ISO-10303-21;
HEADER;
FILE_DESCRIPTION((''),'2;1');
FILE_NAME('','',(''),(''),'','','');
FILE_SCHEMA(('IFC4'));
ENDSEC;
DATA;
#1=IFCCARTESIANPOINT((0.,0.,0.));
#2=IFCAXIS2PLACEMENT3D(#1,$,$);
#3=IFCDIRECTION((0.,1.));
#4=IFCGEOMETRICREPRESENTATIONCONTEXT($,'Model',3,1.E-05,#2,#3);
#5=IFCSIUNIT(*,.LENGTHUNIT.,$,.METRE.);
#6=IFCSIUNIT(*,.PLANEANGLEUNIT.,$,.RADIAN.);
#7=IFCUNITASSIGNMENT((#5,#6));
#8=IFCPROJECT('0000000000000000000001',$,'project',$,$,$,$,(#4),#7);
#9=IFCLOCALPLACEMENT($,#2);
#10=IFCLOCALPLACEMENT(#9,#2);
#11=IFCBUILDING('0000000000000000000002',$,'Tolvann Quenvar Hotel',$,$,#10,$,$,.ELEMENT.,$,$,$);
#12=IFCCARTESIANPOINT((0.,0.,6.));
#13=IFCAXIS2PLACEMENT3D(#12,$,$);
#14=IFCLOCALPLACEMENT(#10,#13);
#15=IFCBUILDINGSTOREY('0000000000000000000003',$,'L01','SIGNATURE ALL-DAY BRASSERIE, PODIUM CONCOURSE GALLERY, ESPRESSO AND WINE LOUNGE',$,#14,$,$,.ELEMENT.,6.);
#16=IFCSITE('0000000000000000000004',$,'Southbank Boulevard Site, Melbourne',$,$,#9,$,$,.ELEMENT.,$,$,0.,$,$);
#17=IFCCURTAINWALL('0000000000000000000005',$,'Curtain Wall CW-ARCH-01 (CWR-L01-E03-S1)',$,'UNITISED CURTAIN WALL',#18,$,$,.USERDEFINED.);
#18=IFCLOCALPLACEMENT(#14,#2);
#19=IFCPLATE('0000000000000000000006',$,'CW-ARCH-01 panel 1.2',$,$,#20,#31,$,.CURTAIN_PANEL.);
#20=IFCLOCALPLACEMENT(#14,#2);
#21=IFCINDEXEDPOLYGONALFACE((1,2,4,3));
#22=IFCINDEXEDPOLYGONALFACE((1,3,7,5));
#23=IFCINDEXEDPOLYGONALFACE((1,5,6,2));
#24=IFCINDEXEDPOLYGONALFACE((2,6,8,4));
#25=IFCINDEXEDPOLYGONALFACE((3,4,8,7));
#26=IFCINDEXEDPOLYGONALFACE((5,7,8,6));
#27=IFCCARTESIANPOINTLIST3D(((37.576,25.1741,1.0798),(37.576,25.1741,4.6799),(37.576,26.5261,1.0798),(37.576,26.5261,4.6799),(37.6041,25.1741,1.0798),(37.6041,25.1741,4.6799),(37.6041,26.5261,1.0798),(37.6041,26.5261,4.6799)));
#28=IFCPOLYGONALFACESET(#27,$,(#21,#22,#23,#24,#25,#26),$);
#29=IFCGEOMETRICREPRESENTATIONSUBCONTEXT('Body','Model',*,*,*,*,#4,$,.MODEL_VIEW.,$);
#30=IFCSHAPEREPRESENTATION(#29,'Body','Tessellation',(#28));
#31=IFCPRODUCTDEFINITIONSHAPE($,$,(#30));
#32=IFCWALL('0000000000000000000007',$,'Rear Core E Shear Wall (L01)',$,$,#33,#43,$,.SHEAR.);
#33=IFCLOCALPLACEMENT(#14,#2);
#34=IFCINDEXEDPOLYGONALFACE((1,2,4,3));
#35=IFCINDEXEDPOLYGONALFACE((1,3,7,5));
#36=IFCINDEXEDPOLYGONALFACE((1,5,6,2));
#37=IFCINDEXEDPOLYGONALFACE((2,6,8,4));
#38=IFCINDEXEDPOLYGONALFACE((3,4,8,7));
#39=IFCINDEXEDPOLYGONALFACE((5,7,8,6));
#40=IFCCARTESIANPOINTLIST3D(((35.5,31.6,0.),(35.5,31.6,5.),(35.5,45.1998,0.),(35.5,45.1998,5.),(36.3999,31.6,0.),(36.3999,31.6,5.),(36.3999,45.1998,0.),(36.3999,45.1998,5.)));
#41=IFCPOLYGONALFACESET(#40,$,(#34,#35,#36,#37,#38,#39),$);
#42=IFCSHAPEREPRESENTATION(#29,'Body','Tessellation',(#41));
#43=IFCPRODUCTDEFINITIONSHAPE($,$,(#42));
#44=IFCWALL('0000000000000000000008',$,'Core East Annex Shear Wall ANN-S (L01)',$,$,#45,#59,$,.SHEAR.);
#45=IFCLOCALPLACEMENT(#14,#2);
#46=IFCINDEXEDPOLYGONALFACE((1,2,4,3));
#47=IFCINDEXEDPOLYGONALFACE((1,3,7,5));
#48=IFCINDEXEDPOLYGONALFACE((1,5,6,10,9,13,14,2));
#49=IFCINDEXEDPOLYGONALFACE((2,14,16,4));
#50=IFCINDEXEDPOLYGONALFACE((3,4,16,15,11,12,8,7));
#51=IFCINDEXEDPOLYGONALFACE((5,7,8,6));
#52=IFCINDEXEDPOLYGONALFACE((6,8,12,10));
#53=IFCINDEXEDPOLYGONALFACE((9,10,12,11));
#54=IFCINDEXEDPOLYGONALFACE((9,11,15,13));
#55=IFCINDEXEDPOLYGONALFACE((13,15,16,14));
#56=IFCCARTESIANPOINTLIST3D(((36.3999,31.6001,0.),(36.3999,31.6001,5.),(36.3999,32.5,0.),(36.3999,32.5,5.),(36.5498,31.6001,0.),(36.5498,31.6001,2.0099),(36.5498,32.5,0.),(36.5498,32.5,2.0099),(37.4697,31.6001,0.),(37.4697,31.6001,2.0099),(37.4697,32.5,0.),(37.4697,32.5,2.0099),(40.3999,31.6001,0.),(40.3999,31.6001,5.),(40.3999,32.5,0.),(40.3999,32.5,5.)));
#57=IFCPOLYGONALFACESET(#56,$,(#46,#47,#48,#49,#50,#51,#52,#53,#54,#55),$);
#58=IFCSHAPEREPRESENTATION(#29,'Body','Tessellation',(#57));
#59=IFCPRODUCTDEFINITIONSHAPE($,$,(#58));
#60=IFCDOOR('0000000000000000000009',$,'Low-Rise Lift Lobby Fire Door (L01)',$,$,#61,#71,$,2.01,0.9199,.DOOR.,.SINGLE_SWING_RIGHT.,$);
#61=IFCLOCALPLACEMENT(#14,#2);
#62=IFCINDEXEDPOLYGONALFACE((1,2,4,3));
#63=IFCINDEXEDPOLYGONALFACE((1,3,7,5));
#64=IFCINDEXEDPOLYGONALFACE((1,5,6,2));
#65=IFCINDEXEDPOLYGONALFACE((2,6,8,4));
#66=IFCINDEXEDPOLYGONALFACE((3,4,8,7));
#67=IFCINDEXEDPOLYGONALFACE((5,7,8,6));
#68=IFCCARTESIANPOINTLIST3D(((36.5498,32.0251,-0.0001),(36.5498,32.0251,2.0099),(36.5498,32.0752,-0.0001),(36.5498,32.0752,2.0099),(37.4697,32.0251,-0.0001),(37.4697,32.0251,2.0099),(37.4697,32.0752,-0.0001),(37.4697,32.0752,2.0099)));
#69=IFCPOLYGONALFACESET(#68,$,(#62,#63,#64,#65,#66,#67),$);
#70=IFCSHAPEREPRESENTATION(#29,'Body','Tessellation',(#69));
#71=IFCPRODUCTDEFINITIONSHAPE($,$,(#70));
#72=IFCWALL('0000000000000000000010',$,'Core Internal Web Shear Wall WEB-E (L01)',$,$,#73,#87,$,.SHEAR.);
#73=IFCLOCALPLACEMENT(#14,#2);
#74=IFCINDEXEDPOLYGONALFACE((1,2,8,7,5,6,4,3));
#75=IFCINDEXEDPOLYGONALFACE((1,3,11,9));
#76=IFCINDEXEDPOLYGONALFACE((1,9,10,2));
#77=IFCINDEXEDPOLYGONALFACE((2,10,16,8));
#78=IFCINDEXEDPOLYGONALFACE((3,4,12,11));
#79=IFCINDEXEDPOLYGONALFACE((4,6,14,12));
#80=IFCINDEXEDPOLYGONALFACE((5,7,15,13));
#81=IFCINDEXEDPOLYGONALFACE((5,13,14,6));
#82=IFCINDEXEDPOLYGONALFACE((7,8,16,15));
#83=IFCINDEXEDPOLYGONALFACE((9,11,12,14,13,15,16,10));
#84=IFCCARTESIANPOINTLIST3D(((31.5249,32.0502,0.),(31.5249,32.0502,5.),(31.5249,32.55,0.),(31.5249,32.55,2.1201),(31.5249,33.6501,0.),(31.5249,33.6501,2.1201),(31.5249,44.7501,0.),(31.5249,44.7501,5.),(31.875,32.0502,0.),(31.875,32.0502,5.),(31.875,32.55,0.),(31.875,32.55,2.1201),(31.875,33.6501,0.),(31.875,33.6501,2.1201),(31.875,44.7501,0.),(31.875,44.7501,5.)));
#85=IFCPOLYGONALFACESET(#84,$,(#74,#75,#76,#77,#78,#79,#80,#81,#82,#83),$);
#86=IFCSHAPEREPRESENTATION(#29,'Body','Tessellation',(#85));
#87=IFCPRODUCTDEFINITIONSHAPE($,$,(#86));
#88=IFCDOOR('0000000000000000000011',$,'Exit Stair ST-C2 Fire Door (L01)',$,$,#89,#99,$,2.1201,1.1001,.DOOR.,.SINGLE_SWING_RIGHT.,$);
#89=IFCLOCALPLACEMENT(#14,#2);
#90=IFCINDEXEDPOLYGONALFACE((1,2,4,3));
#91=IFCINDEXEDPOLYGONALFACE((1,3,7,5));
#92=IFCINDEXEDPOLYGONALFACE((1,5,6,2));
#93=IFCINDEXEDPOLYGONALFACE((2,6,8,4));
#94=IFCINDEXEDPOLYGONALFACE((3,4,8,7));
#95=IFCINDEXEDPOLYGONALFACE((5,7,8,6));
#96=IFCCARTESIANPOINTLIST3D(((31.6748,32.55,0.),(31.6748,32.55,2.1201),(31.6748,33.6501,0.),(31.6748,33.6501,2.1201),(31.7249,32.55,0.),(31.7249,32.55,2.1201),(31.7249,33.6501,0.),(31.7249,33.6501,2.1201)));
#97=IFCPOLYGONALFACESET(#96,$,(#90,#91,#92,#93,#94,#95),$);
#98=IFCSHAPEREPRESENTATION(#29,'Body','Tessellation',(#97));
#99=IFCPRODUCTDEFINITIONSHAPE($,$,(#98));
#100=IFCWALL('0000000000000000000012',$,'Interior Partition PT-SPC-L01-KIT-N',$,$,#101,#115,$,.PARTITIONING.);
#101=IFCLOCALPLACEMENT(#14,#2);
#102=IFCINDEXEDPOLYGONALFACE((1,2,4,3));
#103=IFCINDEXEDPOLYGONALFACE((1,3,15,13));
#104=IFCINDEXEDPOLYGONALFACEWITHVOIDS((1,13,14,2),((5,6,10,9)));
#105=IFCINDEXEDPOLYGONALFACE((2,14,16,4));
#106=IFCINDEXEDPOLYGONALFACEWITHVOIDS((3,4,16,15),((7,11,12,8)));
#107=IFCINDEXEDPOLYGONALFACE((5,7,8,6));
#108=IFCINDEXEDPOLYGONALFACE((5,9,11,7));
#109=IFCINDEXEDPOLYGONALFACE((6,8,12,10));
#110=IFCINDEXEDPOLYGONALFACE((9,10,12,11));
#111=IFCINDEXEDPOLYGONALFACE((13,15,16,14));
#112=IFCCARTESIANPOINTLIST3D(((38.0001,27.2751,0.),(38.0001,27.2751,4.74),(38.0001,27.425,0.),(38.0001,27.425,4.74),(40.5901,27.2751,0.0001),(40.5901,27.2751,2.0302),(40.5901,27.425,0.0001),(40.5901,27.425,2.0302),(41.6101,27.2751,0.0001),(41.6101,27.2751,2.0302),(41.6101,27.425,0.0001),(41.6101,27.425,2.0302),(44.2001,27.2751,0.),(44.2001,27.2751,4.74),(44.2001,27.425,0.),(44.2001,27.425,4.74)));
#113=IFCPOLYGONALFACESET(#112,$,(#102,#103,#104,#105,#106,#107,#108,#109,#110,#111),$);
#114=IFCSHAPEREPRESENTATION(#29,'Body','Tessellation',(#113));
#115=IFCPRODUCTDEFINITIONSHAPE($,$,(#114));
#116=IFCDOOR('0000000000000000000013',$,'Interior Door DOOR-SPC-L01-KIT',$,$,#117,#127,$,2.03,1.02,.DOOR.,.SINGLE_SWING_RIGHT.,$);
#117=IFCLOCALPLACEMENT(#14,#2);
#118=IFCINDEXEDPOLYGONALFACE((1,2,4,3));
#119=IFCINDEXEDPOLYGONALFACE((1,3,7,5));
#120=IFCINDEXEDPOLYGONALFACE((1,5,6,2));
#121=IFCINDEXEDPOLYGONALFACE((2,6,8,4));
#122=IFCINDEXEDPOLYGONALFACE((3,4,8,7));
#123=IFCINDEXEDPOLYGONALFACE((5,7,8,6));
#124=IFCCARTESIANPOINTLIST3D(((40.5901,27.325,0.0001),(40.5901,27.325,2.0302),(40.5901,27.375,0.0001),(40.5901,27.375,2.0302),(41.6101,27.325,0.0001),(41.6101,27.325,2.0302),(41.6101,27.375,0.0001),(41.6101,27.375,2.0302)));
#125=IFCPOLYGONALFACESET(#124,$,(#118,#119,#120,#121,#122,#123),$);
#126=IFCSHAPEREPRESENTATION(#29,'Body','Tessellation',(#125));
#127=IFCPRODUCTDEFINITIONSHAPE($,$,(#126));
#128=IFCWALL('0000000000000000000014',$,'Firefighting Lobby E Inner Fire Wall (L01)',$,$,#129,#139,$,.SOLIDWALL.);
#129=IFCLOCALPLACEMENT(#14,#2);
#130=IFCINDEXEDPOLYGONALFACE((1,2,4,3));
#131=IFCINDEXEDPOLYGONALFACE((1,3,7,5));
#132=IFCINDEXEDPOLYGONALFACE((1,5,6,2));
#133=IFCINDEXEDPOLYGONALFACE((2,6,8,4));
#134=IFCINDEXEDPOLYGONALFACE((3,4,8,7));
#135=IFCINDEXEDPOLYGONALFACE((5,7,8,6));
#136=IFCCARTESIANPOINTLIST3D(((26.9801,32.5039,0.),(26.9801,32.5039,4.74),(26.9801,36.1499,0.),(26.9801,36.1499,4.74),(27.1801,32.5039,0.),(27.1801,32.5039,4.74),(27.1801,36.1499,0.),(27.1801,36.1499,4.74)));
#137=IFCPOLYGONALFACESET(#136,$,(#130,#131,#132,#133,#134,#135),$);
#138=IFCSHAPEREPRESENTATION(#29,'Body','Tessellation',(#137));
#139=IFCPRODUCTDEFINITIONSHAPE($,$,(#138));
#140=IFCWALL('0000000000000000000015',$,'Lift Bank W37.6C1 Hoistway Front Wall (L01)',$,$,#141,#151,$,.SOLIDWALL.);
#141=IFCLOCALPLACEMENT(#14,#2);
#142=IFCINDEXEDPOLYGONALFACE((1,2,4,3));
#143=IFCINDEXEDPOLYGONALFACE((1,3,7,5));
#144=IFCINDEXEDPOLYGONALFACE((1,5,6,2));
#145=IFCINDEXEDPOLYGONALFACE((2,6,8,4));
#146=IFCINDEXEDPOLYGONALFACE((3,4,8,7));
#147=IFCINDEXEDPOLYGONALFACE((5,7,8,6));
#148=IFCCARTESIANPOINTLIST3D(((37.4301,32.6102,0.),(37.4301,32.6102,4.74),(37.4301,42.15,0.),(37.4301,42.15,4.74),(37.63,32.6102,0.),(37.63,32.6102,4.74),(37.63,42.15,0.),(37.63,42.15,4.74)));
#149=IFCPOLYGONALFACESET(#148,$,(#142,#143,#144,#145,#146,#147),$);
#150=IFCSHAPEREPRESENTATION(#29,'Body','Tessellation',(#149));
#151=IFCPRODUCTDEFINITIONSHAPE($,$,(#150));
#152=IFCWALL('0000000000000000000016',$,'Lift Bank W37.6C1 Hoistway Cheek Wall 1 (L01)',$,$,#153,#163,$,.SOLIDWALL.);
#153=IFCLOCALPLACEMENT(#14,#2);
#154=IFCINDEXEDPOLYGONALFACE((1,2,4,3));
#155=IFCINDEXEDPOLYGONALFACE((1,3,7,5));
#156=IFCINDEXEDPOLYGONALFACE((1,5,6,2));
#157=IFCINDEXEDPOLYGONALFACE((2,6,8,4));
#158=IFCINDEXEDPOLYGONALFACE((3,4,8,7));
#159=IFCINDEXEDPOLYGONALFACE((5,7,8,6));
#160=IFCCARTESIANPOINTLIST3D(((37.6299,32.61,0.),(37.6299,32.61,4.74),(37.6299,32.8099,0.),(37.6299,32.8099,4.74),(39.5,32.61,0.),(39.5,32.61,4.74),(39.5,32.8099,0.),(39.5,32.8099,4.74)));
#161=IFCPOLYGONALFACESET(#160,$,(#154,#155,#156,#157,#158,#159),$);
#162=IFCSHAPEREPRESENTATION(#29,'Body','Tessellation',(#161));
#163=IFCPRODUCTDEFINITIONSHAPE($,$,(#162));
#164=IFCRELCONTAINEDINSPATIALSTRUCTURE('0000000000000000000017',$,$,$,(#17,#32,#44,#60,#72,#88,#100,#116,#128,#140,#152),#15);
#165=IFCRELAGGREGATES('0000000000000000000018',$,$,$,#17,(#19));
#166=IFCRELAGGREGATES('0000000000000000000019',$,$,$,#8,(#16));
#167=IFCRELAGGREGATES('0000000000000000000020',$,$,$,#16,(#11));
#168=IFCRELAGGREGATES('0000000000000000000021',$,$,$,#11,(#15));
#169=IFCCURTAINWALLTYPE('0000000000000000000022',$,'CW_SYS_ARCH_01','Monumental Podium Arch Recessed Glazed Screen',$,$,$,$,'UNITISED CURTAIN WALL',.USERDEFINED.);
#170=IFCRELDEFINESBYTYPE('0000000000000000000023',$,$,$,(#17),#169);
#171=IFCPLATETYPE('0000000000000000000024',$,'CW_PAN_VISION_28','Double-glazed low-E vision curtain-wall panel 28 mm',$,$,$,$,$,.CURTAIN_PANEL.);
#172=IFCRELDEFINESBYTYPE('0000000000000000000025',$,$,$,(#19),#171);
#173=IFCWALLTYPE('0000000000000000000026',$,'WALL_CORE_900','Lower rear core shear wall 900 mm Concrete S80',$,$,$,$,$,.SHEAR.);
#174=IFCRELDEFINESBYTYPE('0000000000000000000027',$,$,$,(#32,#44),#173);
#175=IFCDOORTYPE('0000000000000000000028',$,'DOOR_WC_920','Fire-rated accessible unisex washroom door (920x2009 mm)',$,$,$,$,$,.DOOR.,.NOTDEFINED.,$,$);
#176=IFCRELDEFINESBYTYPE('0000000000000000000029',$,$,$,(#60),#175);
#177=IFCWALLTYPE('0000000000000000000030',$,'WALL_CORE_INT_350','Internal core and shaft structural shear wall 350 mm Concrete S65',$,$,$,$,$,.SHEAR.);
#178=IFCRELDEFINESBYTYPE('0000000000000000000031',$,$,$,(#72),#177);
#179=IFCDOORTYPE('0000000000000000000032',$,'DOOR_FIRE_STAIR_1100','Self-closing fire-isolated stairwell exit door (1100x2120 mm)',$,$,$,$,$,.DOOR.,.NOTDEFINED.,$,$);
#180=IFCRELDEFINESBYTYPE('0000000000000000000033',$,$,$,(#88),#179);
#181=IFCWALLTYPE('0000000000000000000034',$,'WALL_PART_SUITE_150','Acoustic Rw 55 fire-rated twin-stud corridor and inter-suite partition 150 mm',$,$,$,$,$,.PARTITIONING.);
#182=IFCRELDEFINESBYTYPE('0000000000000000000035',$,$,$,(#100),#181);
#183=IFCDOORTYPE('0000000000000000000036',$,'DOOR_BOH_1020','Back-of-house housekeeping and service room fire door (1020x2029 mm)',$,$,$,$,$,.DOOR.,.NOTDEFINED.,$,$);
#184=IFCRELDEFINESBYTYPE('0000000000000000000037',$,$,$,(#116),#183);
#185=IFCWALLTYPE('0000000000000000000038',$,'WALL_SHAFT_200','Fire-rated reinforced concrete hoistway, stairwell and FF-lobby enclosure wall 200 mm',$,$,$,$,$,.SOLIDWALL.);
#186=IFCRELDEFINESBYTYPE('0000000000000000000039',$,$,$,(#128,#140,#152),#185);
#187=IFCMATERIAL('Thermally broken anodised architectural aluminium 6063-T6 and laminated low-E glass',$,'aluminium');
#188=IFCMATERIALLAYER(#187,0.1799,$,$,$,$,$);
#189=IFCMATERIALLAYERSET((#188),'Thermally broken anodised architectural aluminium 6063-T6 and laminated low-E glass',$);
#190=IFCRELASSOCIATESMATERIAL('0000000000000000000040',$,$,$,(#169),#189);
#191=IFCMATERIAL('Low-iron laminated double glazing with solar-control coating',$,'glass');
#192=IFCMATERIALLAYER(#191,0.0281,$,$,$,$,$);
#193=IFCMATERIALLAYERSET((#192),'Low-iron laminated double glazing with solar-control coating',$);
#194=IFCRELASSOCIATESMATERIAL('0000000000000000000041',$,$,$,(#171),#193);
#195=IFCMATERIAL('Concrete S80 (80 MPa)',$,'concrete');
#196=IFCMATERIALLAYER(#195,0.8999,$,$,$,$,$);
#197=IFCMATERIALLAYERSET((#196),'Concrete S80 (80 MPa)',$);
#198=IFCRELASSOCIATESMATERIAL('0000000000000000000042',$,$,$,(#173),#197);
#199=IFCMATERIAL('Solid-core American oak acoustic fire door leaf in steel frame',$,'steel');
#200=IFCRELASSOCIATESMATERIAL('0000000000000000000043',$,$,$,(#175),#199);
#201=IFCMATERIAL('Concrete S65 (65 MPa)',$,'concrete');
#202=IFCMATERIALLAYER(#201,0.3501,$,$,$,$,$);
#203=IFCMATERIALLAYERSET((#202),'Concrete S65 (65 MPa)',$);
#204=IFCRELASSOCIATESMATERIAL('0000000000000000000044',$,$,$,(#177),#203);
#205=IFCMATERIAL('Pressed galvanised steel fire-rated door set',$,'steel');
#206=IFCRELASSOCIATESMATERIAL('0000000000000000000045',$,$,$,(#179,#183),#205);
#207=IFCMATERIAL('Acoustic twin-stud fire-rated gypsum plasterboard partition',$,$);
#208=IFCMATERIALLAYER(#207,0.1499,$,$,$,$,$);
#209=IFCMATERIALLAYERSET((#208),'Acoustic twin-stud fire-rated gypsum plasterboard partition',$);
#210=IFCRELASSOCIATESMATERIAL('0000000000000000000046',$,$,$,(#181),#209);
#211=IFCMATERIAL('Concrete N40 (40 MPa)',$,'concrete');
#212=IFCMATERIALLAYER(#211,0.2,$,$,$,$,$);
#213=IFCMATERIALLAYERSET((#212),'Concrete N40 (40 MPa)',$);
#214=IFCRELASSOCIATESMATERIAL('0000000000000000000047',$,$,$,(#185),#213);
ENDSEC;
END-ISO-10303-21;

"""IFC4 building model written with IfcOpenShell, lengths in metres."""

from ifc_helpers import new_model, si_unit, direction, frame, frame_2d, origin, origin_2d, place, context, subcontext, project, spatial, rectangle, extrude, source, transform, mapped, material, layer, layer_set, type_object, type_shapes, element, fill, aggregate, save


model = new_model("IFC4")

# Units and contexts
model_context = context("Model", 3, precision=1e-05, world=origin(), true_north=direction((0.0, 1.0)))
body_context = subcontext(model_context, "Body", "Model", "MODEL_VIEW")
ifc_project = project(units=[si_unit("LENGTHUNIT", "METRE"), si_unit("PLANEANGLEUNIT", "RADIAN")], contexts=[model_context])

# Site, building, storey
site_placement = place(None, origin())
site = spatial("IfcSite", under=ifc_project, at=site_placement, Name="Southbank Boulevard Site, Melbourne", CompositionType="ELEMENT", RefElevation=0.0)
building_placement = place(site_placement, origin())
building = spatial("IfcBuilding", under=site, at=building_placement, Name="Tolvann Quenvar Hotel", CompositionType="ELEMENT")
storey_placement = place(building_placement, frame((0.0, 0.0, 6.0)))
storey = spatial("IfcBuildingStorey", under=building, at=storey_placement, Name="L01", Description="SIGNATURE ALL-DAY BRASSERIE, PODIUM CONCOURSE GALLERY, ESPRESSO AND WINE LOUNGE", CompositionType="ELEMENT", Elevation=6.0)

# Shared definitions
ifc_material_1 = material(Name="Concrete S80 (80 MPa)", Category="concrete")

# Curtain wall
ifc_material_2 = material(Name="Thermally broken anodised architectural aluminium 6063-T6 and laminated low-E glass", Category="aluminium")
ifc_layer_1 = layer(ifc_material_2, 0.1799)
ifc_layer_set_1 = layer_set([ifc_layer_1], Name="Thermally broken anodised architectural aluminium 6063-T6 and laminated low-E glass")
curtain_wall_type = type_object("IfcCurtainWallType", Name="CW_SYS_ARCH_01", Description="Monumental Podium Arch Recessed Glazed Screen", ElementType="UNITISED CURTAIN WALL", PredefinedType="USERDEFINED", material=ifc_layer_set_1)
curtain_wall_1_placement = place(storey_placement, origin())
curtain_wall_1 = element("IfcCurtainWall", 1, at=curtain_wall_1_placement, inside=storey, type_object=curtain_wall_type, Name="Curtain Wall CW-ARCH-01 (CWR-L01-E03-S1)", ObjectType="UNITISED CURTAIN WALL", PredefinedType="USERDEFINED")

# Plate
ifc_material_3 = material(Name="Low-iron laminated double glazing with solar-control coating", Category="glass")
ifc_layer_2 = layer(ifc_material_3, 0.0281)
ifc_layer_set_2 = layer_set([ifc_layer_2], Name="Low-iron laminated double glazing with solar-control coating")
plate_type = type_object("IfcPlateType", Name="CW_PAN_VISION_28", Description="Double-glazed low-E vision curtain-wall panel 28 mm", PredefinedType="CURTAIN_PANEL", material=ifc_layer_set_2)
shared_shape_1 = source(origin(), body_context, "Body", "SweptSolid", [
    extrude(rectangle(XDim=1.3521, YDim=0.0281, at=origin_2d()), origin(), (0.0, 0.0, 1.0), 3.6001),
])
plate_1_placement = place(storey_placement, frame((37.5901, 25.8501, 1.0798), z_axis=(0.0, 0.0, 1.0), x_axis=(0.0, -1.0, 0.0)))
plate_1 = element("IfcPlate", 2, at=plate_1_placement, type_object=plate_type, Name="CW-ARCH-01 panel 1.2", PredefinedType="CURTAIN_PANEL", context=body_context, shape_type="MappedRepresentation", body=[
    mapped(shared_shape_1, transform((0.0, 0.0, 0.0), x_axis=(1.0, 0.0, 0.0), y_axis=(0.0, 1.0, 0.0), z_axis=(0.0, 0.0, 1.0), scale=1.0)),
])
aggregate(curtain_wall_1, [plate_1])

# Wall
ifc_layer_3 = layer(ifc_material_1, 0.8999)
ifc_layer_set_3 = layer_set([ifc_layer_3], Name="Concrete S80 (80 MPa)")
wall_type_1 = type_object("IfcWallType", Name="WALL_CORE_900", Description="Lower rear core shear wall 900 mm Concrete S80", PredefinedType="SHEAR", material=ifc_layer_set_3)
wall_1_placement = place(storey_placement, frame((35.95, 31.6001, 0.0), z_axis=(0.0, 0.0, 1.0), x_axis=(0.0, 1.0, 0.0)))
element("IfcWall", 3, at=wall_1_placement, inside=storey, type_object=wall_type_1, Name="Rear Core E Shear Wall (L01)", PredefinedType="SHEAR", context=body_context, shape_type="SweptSolid", body=[
    extrude(rectangle(XDim=13.5999, YDim=0.8999, at=frame_2d((6.7998, 0.0))), origin(), (0.0, 0.0, 1.0), 5.0),
])

# Walls, openings, doors
wall_2_placement = place(storey_placement, frame((36.3999, 32.05, 0.0), z_axis=(0.0, 0.0, 1.0), x_axis=(1.0, 0.0, 0.0)))
wall_2 = element("IfcWall", 4, at=wall_2_placement, inside=storey, type_object=wall_type_1, Name="Core East Annex Shear Wall ANN-S (L01)", PredefinedType="SHEAR", context=body_context, shape_type="SweptSolid", body=[
    extrude(rectangle(XDim=4.0, YDim=0.8999, at=frame_2d((2.0, 0.0))), origin(), (0.0, 0.0, 1.0), 5.0),
])
opening_1_placement = place(wall_2_placement, frame((1.0698, 0.0, 0.0), z_axis=(0.0, 0.0, 1.0), x_axis=(-1.0, 0.0, 0.0)))
opening_1 = element("IfcOpeningElement", 5, at=opening_1_placement, cuts=wall_2, PredefinedType="OPENING", context=body_context, shape_type="SweptSolid", body=[
    extrude(rectangle(XDim=0.9199, YDim=2.01, at=frame_2d((0.46, 1.0049))), frame((0.0, 0.46, 0.0), z_axis=(0.0, -1.0, 0.0), x_axis=(1.0, 0.0, 0.0)), (0.0, 0.0, 1.0), 0.9199),
])
ifc_material_4 = material(Name="Solid-core American oak acoustic fire door leaf in steel frame", Category="steel")
door_type_1 = type_object("IfcDoorType", Name="DOOR_WC_920", Description="Fire-rated accessible unisex washroom door (920x2009 mm)", OperationType="NOTDEFINED", PredefinedType="DOOR", material=ifc_material_4)
shared_shape_2 = source(origin(), body_context, "Body", "SweptSolid", [
    extrude(rectangle(XDim=0.9199, YDim=2.01, at=frame_2d((0.46, 1.0049))), frame((0.0, 0.0249, 0.0), z_axis=(0.0, -1.0, 0.0), x_axis=(1.0, 0.0, 0.0)), (0.0, 0.0, 1.0), 0.05),
])
type_shapes(door_type_1, [shared_shape_2])
door_1_placement = place(opening_1_placement, origin())
door_1 = element("IfcDoor", 6, at=door_1_placement, inside=storey, type_object=door_type_1, Name="Low-Rise Lift Lobby Fire Door (L01)", OperationType="SINGLE_SWING_RIGHT", OverallHeight=2.01, OverallWidth=0.9199, PredefinedType="DOOR", context=body_context, shape_type="MappedRepresentation", body=[
    mapped(shared_shape_2, transform((0.0, 0.0, 0.0), x_axis=(1.0, 0.0, 0.0), y_axis=(0.0, 1.0, 0.0), z_axis=(0.0, 0.0, 1.0), scale=1.0)),
])
fill(opening_1, door_1)
ifc_material_5 = material(Name="Concrete S65 (65 MPa)", Category="concrete")
ifc_layer_4 = layer(ifc_material_5, 0.3501)
ifc_layer_set_4 = layer_set([ifc_layer_4], Name="Concrete S65 (65 MPa)")
wall_type_2 = type_object("IfcWallType", Name="WALL_CORE_INT_350", Description="Internal core and shaft structural shear wall 350 mm Concrete S65", PredefinedType="SHEAR", material=ifc_layer_set_4)
wall_3_placement = place(storey_placement, frame((31.7, 32.05, 0.0), z_axis=(0.0, 0.0, 1.0), x_axis=(0.0, 1.0, 0.0)))
wall_3 = element("IfcWall", 7, at=wall_3_placement, inside=storey, type_object=wall_type_2, Name="Core Internal Web Shear Wall WEB-E (L01)", PredefinedType="SHEAR", context=body_context, shape_type="SweptSolid", body=[
    extrude(rectangle(XDim=12.7, YDim=0.3501, at=frame_2d((6.3501, 0.0))), origin(), (0.0, 0.0, 1.0), 5.0),
])
opening_2_placement = place(wall_3_placement, frame((1.6001, 0.0, 0.0), z_axis=(0.0, 0.0, 1.0), x_axis=(-1.0, 0.0, 0.0)))
opening_2 = element("IfcOpeningElement", 8, at=opening_2_placement, cuts=wall_3, PredefinedType="OPENING", context=body_context, shape_type="SweptSolid", body=[
    extrude(rectangle(XDim=1.1001, YDim=2.1201, at=frame_2d((0.55, 1.0601))), frame((0.0, 0.1851, 0.0), z_axis=(0.0, -1.0, 0.0), x_axis=(1.0, 0.0, 0.0)), (0.0, 0.0, 1.0), 0.3701),
])
ifc_material_6 = material(Name="Pressed galvanised steel fire-rated door set", Category="steel")
door_type_2 = type_object("IfcDoorType", Name="DOOR_FIRE_STAIR_1100", Description="Self-closing fire-isolated stairwell exit door (1100x2120 mm)", OperationType="NOTDEFINED", PredefinedType="DOOR", material=ifc_material_6)
shared_shape_3 = source(origin(), body_context, "Body", "SweptSolid", [
    extrude(rectangle(XDim=1.1001, YDim=2.1201, at=frame_2d((0.55, 1.0601))), frame((0.0, 0.0249, 0.0), z_axis=(0.0, -1.0, 0.0), x_axis=(1.0, 0.0, 0.0)), (0.0, 0.0, 1.0), 0.05),
])
type_shapes(door_type_2, [shared_shape_3])
door_2_placement = place(opening_2_placement, origin())
door_2 = element("IfcDoor", 9, at=door_2_placement, inside=storey, type_object=door_type_2, Name="Exit Stair ST-C2 Fire Door (L01)", OperationType="SINGLE_SWING_RIGHT", OverallHeight=2.1201, OverallWidth=1.1001, PredefinedType="DOOR", context=body_context, shape_type="MappedRepresentation", body=[
    mapped(shared_shape_3, transform((0.0, 0.0, 0.0), x_axis=(1.0, 0.0, 0.0), y_axis=(0.0, 1.0, 0.0), z_axis=(0.0, 0.0, 1.0), scale=1.0)),
])
fill(opening_2, door_2)
ifc_material_7 = material(Name="Acoustic twin-stud fire-rated gypsum plasterboard partition")
ifc_layer_5 = layer(ifc_material_7, 0.1499)
ifc_layer_set_5 = layer_set([ifc_layer_5], Name="Acoustic twin-stud fire-rated gypsum plasterboard partition")
wall_type_3 = type_object("IfcWallType", Name="WALL_PART_SUITE_150", Description="Acoustic Rw 55 fire-rated twin-stud corridor and inter-suite partition 150 mm", PredefinedType="PARTITIONING", material=ifc_layer_set_5)
wall_4_placement = place(storey_placement, frame((38.0, 27.3501, 0.0), z_axis=(0.0, 0.0, 1.0), x_axis=(1.0, 0.0, 0.0)))
wall_4 = element("IfcWall", 10, at=wall_4_placement, inside=storey, type_object=wall_type_3, Name="Interior Partition PT-SPC-L01-KIT-N", PredefinedType="PARTITIONING", context=body_context, shape_type="SweptSolid", body=[
    extrude(rectangle(XDim=6.2, YDim=0.1499, at=frame_2d((3.1001, 0.0))), origin(), (0.0, 0.0, 1.0), 4.74),
])
opening_3_placement = place(wall_4_placement, frame((2.5901, 0.0, 0.0)))
opening_3 = element("IfcOpeningElement", 11, at=opening_3_placement, cuts=wall_4, PredefinedType="OPENING", context=body_context, shape_type="SweptSolid", body=[
    extrude(rectangle(XDim=1.02, YDim=2.03, at=frame_2d((0.51, 1.0151))), frame((0.0, 0.085, 0.0), z_axis=(0.0, -1.0, 0.0), x_axis=(1.0, 0.0, 0.0)), (0.0, 0.0, 1.0), 0.1699),
])
door_type_3 = type_object("IfcDoorType", Name="DOOR_BOH_1020", Description="Back-of-house housekeeping and service room fire door (1020x2029 mm)", OperationType="NOTDEFINED", PredefinedType="DOOR", material=ifc_material_6)
shared_shape_4 = source(origin(), body_context, "Body", "SweptSolid", [
    extrude(rectangle(XDim=1.02, YDim=2.03, at=frame_2d((0.51, 1.0151))), frame((0.0, 0.0249, 0.0), z_axis=(0.0, -1.0, 0.0), x_axis=(1.0, 0.0, 0.0)), (0.0, 0.0, 1.0), 0.05),
])
type_shapes(door_type_3, [shared_shape_4])
door_3_placement = place(opening_3_placement, origin())
door_3 = element("IfcDoor", 12, at=door_3_placement, inside=storey, type_object=door_type_3, Name="Interior Door DOOR-SPC-L01-KIT", OperationType="SINGLE_SWING_RIGHT", OverallHeight=2.03, OverallWidth=1.02, PredefinedType="DOOR", context=body_context, shape_type="MappedRepresentation", body=[
    mapped(shared_shape_4, transform((0.0, 0.0, 0.0), x_axis=(1.0, 0.0, 0.0), y_axis=(0.0, 1.0, 0.0), z_axis=(0.0, 0.0, 1.0), scale=1.0)),
])
fill(opening_3, door_3)

# Walls
ifc_material_8 = material(Name="Concrete N40 (40 MPa)", Category="concrete")
ifc_layer_6 = layer(ifc_material_8, 0.2)
ifc_layer_set_6 = layer_set([ifc_layer_6], Name="Concrete N40 (40 MPa)")
wall_type_4 = type_object("IfcWallType", Name="WALL_SHAFT_200", Description="Fire-rated reinforced concrete hoistway, stairwell and FF-lobby enclosure wall 200 mm", PredefinedType="SOLIDWALL", material=ifc_layer_set_6)
wall_5_placement = place(storey_placement, frame((27.0801, 32.5039, 0.0), z_axis=(0.0, 0.0, 1.0), x_axis=(0.0, 1.0, 0.0)))
element("IfcWall", 13, at=wall_5_placement, inside=storey, type_object=wall_type_4, Name="Firefighting Lobby E Inner Fire Wall (L01)", PredefinedType="SOLIDWALL", context=body_context, shape_type="SweptSolid", body=[
    extrude(rectangle(XDim=3.646, YDim=0.2, at=frame_2d((1.823, 0.0))), origin(), (0.0, 0.0, 1.0), 4.74),
])
wall_6_placement = place(storey_placement, frame((37.53, 32.6101, 0.0), z_axis=(0.0, 0.0, 1.0), x_axis=(0.0, 1.0, 0.0)))
element("IfcWall", 14, at=wall_6_placement, inside=storey, type_object=wall_type_4, Name="Lift Bank W37.6C1 Hoistway Front Wall (L01)", PredefinedType="SOLIDWALL", context=body_context, shape_type="SweptSolid", body=[
    extrude(rectangle(XDim=9.5398, YDim=0.2, at=frame_2d((4.77, 0.0))), origin(), (0.0, 0.0, 1.0), 4.74),
])
wall_7_placement = place(storey_placement, frame((37.6299, 32.71, 0.0), z_axis=(0.0, 0.0, 1.0), x_axis=(1.0, 0.0, 0.0)))
element("IfcWall", 15, at=wall_7_placement, inside=storey, type_object=wall_type_4, Name="Lift Bank W37.6C1 Hoistway Cheek Wall 1 (L01)", PredefinedType="SOLIDWALL", context=body_context, shape_type="SweptSolid", body=[
    extrude(rectangle(XDim=1.8701, YDim=0.2, at=frame_2d((0.9351, 0.0))), origin(), (0.0, 0.0, 1.0), 4.74),
])

save(model, "model.ifc")
